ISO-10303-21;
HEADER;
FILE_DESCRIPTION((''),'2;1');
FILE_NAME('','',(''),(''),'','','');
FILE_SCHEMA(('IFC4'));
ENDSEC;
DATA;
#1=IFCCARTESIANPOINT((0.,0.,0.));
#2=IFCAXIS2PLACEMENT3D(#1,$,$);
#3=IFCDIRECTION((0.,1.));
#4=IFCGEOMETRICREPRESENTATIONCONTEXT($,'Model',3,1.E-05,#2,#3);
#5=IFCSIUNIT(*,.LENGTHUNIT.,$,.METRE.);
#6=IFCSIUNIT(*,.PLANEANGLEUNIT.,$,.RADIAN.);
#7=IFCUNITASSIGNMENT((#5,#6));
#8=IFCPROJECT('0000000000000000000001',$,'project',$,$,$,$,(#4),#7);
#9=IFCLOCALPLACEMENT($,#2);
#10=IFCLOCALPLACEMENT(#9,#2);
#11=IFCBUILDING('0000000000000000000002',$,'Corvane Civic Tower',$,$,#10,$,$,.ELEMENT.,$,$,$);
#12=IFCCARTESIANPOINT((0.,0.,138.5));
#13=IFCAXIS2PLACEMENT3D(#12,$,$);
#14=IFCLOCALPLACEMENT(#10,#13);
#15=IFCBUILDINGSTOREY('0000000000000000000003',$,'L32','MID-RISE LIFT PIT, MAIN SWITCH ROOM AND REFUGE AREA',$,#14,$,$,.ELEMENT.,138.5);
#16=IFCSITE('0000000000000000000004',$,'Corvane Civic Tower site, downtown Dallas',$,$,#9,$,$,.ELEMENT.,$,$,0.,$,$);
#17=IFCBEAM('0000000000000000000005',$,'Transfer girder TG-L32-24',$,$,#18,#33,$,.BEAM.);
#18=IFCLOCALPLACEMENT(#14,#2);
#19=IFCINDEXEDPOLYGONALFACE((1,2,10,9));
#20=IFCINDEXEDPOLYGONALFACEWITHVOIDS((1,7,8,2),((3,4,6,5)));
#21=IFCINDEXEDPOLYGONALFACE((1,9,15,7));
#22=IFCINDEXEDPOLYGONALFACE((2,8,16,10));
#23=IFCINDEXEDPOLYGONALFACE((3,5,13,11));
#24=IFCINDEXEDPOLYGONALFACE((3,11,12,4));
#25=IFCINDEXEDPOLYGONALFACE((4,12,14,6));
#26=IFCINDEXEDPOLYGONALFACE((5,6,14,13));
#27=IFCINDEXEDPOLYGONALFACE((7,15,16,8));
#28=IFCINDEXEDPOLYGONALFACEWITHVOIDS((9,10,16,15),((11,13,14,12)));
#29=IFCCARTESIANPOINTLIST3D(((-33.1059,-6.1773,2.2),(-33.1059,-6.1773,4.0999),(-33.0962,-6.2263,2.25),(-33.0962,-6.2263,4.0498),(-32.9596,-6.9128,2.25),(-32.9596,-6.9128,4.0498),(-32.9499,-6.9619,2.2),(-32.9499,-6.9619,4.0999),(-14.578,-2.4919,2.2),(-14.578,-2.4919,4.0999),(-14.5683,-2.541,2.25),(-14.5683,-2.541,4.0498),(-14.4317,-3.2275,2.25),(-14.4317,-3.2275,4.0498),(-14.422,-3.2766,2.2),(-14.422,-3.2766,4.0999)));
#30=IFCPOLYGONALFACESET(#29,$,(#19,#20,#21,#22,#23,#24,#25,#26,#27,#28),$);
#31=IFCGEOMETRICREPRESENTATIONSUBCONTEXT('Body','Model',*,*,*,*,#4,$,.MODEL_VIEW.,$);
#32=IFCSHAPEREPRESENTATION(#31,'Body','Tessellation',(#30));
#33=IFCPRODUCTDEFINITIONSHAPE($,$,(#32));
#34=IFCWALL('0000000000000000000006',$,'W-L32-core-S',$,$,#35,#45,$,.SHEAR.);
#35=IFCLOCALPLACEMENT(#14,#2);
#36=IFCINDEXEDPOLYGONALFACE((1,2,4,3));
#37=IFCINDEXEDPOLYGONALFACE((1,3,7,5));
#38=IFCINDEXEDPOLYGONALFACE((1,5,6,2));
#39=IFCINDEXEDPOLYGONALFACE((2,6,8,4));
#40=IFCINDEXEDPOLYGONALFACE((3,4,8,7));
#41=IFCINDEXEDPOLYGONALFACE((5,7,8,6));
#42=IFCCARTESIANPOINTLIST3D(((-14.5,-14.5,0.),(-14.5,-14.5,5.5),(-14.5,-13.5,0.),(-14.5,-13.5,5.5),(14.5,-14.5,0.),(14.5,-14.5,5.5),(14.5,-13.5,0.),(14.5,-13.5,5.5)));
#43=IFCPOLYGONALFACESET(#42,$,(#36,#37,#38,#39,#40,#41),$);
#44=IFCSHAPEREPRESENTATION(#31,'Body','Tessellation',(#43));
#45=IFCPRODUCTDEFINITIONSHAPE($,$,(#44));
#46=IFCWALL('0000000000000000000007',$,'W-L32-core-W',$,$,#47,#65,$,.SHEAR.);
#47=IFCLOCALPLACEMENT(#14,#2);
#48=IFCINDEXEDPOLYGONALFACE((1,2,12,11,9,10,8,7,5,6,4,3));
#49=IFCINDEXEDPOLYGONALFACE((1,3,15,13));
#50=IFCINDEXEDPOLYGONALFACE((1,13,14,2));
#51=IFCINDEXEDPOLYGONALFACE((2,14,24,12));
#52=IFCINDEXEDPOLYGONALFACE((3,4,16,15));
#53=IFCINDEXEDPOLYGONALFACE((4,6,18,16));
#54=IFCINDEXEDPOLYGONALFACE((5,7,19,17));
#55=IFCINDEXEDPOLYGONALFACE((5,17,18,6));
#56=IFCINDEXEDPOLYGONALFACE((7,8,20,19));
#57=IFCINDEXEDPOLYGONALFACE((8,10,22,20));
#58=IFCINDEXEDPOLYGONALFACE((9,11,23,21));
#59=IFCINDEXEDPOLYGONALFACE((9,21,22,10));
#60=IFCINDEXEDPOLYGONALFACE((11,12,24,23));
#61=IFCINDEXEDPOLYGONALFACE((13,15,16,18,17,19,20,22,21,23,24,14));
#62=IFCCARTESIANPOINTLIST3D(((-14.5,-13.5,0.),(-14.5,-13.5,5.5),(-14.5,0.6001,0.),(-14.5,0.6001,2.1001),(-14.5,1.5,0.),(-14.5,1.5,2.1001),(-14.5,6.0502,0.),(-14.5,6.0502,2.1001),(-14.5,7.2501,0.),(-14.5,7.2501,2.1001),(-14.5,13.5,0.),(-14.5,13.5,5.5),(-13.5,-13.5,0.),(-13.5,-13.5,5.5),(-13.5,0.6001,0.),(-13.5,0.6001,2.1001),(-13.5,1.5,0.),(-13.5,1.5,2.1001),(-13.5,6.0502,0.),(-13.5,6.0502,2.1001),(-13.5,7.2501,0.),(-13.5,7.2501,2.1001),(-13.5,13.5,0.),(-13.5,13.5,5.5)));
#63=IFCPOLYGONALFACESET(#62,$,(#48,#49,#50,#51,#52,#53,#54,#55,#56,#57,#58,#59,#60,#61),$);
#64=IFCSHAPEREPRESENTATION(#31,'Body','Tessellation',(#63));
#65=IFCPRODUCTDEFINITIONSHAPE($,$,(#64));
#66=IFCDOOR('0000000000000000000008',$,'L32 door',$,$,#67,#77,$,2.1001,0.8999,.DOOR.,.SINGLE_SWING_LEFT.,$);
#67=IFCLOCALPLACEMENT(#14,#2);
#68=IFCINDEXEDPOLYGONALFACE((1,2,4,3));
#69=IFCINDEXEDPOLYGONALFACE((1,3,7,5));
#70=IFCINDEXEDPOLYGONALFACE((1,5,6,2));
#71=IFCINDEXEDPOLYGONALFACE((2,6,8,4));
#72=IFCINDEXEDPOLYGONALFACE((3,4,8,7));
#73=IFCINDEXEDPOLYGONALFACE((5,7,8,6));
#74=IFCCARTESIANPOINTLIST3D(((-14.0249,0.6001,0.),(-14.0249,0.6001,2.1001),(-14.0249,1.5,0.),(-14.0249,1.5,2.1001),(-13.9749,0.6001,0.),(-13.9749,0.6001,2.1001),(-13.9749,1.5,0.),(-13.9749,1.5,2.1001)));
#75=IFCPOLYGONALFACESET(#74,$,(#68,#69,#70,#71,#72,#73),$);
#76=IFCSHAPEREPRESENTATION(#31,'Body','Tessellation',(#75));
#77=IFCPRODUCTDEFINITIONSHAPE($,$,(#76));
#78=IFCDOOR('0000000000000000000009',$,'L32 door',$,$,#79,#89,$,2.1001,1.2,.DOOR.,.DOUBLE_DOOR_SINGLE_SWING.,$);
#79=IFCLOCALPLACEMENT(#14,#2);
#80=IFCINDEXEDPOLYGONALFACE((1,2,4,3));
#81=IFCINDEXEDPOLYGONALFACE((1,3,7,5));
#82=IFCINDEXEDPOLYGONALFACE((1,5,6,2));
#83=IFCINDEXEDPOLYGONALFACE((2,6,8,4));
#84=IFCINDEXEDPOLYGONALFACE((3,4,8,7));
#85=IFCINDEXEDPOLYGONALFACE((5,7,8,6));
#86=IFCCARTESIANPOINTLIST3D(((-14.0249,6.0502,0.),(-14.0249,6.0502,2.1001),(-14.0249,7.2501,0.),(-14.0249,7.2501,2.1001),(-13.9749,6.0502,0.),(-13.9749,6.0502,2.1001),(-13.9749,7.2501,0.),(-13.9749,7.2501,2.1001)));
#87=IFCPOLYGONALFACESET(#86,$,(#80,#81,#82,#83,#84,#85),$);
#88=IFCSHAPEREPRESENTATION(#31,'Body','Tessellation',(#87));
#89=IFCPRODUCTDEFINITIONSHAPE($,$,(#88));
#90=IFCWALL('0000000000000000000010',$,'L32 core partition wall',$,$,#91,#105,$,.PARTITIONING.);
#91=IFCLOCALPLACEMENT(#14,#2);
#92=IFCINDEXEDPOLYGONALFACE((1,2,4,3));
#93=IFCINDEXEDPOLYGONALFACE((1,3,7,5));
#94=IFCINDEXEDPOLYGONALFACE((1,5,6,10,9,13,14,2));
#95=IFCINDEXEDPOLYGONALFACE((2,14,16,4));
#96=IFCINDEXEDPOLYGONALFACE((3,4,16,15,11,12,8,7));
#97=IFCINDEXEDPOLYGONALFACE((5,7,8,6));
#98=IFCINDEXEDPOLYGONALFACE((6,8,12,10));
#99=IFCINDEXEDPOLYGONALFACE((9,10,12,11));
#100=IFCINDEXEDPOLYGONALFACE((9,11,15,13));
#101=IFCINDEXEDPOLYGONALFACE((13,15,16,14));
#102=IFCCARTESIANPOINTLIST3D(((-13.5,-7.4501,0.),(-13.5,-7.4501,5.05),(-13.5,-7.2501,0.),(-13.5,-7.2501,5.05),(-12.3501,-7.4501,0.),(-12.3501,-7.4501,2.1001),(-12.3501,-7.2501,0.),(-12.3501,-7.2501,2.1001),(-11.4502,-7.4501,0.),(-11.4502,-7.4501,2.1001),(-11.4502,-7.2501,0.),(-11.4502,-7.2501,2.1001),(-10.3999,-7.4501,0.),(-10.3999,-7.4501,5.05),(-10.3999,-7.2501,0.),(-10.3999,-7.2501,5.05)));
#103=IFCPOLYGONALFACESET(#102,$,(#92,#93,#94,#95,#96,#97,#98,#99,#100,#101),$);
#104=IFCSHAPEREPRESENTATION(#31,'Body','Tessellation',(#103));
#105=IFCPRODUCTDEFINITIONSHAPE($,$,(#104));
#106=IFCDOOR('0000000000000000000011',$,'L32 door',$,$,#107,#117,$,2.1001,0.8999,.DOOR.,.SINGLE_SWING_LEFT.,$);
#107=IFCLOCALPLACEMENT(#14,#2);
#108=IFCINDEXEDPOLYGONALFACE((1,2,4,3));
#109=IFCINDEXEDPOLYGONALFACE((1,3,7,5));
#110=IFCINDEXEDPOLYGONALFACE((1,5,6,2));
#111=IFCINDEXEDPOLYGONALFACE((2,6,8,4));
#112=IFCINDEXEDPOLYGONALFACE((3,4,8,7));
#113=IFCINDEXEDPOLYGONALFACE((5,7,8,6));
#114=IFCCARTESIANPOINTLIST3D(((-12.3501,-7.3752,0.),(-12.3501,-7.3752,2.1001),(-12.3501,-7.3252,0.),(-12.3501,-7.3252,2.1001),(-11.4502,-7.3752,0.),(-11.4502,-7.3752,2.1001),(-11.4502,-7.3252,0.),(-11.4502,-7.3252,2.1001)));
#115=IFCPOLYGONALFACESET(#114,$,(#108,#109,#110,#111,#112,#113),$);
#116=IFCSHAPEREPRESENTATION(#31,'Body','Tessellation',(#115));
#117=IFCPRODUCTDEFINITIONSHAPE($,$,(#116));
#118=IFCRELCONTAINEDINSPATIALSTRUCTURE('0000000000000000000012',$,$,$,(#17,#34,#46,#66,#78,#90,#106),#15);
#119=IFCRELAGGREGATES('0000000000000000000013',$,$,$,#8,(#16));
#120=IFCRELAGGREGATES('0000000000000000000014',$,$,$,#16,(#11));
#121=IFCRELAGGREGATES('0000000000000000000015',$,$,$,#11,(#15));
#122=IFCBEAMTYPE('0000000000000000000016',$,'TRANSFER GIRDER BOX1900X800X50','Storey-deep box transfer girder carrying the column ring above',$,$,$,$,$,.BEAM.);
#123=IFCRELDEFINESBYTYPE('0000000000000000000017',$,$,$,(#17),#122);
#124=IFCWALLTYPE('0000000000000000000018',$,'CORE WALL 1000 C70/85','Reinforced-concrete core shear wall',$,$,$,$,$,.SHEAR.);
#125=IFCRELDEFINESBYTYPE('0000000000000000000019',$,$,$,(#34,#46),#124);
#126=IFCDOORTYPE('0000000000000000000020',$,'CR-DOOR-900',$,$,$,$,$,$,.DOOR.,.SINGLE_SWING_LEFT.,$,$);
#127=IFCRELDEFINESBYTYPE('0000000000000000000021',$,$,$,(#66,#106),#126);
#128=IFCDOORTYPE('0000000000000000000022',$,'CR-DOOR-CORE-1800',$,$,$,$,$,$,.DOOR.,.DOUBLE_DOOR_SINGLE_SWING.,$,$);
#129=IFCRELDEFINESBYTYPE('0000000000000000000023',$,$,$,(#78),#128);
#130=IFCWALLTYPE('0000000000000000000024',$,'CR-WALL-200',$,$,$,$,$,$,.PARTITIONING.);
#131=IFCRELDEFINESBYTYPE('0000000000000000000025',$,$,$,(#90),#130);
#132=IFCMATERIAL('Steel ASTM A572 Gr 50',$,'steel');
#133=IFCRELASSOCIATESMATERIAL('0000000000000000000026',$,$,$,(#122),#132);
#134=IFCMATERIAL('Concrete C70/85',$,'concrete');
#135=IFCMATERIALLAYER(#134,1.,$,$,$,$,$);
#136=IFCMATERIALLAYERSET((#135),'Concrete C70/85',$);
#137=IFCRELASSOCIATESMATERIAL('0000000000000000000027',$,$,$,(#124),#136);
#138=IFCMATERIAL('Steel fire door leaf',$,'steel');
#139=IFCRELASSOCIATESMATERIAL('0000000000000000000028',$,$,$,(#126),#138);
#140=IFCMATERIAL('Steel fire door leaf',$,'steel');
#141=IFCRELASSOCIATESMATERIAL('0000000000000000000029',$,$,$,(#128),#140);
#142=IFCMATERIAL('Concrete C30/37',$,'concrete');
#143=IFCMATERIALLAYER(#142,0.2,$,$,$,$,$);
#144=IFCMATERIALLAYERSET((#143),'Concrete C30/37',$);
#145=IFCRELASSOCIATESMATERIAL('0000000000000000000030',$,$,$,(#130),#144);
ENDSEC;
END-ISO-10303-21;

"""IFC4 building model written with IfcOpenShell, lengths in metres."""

from ifc_helpers import new_model, si_unit, direction, frame, frame_2d, origin, origin_2d, place, context, subcontext, project, spatial, rectangle, hollow_rectangle, extrude, material, layer, layer_set, material_profile, profile_set, type_object, element, fill, save


model = new_model("IFC4")

# Units and contexts
model_context = context("Model", 3, precision=1e-05, world=origin(), true_north=direction((0.0, 1.0)))
body_context = subcontext(model_context, "Body", "Model", "MODEL_VIEW")
ifc_project = project(units=[si_unit("LENGTHUNIT", "METRE"), si_unit("PLANEANGLEUNIT", "RADIAN")], contexts=[model_context])

# Site, building, storey
site_placement = place(None, origin())
site = spatial("IfcSite", under=ifc_project, at=site_placement, Name="Corvane Civic Tower site, downtown Dallas", CompositionType="ELEMENT", RefElevation=0.0)
building_placement = place(site_placement, origin())
building = spatial("IfcBuilding", under=site, at=building_placement, Name="Corvane Civic Tower", CompositionType="ELEMENT")
storey_placement = place(building_placement, frame((0.0, 0.0, 138.5)))
storey = spatial("IfcBuildingStorey", under=building, at=storey_placement, Name="L32", Description="MID-RISE LIFT PIT, MAIN SWITCH ROOM AND REFUGE AREA", CompositionType="ELEMENT", Elevation=138.5)

# Beam
ifc_material_1 = material(Name="Steel ASTM A572 Gr 50", Category="steel")
ifc_material_profile_1 = material_profile(ifc_material_1, hollow_rectangle(XDim=0.8, YDim=1.8999, WallThickness=0.05, at=origin_2d()), Name="BOX1900X800X50")
ifc_profile_set_1 = profile_set([ifc_material_profile_1], Name="Steel ASTM A572 Gr 50")
beam_type_1 = type_object("IfcBeamType", Name="TRANSFER GIRDER BOX1900X800X50", Description="Storey-deep box transfer girder carrying the column ring above", PredefinedType="BEAM", material=ifc_profile_set_1)
beam_1_placement = place(storey_placement, frame((-14.5, -2.8843, 3.1499), z_axis=(-0.980786, -0.195085, 0.0), x_axis=(0.195085, -0.980786, 0.0)))
element("IfcBeam", 1, at=beam_1_placement, inside=storey, type_object=beam_type_1, Name="Transfer girder TG-L32-24", PredefinedType="BEAM", context=body_context, shape_type="SweptSolid", body=[
    extrude(hollow_rectangle(XDim=0.8, YDim=1.8999, WallThickness=0.05, at=origin_2d()), origin(), (0.0, 0.0, 1.0), 18.8909),
])

# Wall
ifc_material_2 = material(Name="Concrete C70/85", Category="concrete")
ifc_layer_1 = layer(ifc_material_2, 1.0)
ifc_layer_set_1 = layer_set([ifc_layer_1], Name="Concrete C70/85")
wall_type_1 = type_object("IfcWallType", Name="CORE WALL 1000 C70/85", Description="Reinforced-concrete core shear wall", PredefinedType="SHEAR", material=ifc_layer_set_1)
wall_1_placement = place(storey_placement, frame((-14.5, -14.0, 0.0), z_axis=(0.0, 0.0, 1.0), x_axis=(1.0, 0.0, 0.0)))
element("IfcWall", 2, at=wall_1_placement, inside=storey, type_object=wall_type_1, Name="W-L32-core-S", PredefinedType="SHEAR", context=body_context, shape_type="SweptSolid", body=[
    extrude(rectangle(XDim=29.0, YDim=1.0, at=frame_2d((14.5, 0.0))), origin(), (0.0, 0.0, 1.0), 5.5),
])

# Wall, openings, doors
wall_2_placement = place(storey_placement, frame((-14.0, -13.5, 0.0), z_axis=(0.0, 0.0, 1.0), x_axis=(0.0, 1.0, 0.0)))
wall_2 = element("IfcWall", 3, at=wall_2_placement, inside=storey, type_object=wall_type_1, Name="W-L32-core-W", PredefinedType="SHEAR", context=body_context, shape_type="SweptSolid", body=[
    extrude(rectangle(XDim=27.0, YDim=1.0, at=frame_2d((13.5, 0.0))), origin(), (0.0, 0.0, 1.0), 5.5),
])
opening_1_placement = place(wall_2_placement, frame((14.1001, 0.0, 0.0)))
opening_1 = element("IfcOpeningElement", 4, at=opening_1_placement, cuts=wall_2, PredefinedType="OPENING", context=body_context, shape_type="SweptSolid", body=[
    extrude(rectangle(XDim=0.8999, YDim=2.1001, at=frame_2d((0.45, 1.05))), frame((0.0, 0.51, 0.0), z_axis=(0.0, -1.0, 0.0), x_axis=(1.0, 0.0, 0.0)), (0.0, 0.0, 1.0), 1.02),
])
opening_2_placement = place(wall_2_placement, frame((19.55, 0.0, 0.0)))
opening_2 = element("IfcOpeningElement", 5, at=opening_2_placement, cuts=wall_2, PredefinedType="OPENING", context=body_context, shape_type="SweptSolid", body=[
    extrude(rectangle(XDim=1.2, YDim=2.1001, at=frame_2d((0.6001, 1.05))), frame((0.0, 0.51, 0.0), z_axis=(0.0, -1.0, 0.0), x_axis=(1.0, 0.0, 0.0)), (0.0, 0.0, 1.0), 1.02),
])
ifc_material_3 = material(Name="Steel fire door leaf", Category="steel")
door_type_1 = type_object("IfcDoorType", Name="CR-DOOR-900", OperationType="SINGLE_SWING_LEFT", PredefinedType="DOOR", material=ifc_material_3)
door_1_placement = place(opening_1_placement, origin())
door_1 = element("IfcDoor", 6, at=door_1_placement, inside=storey, type_object=door_type_1, Name="L32 door", OperationType="SINGLE_SWING_LEFT", OverallHeight=2.1001, OverallWidth=0.8999, PredefinedType="DOOR", context=body_context, shape_type="SweptSolid", body=[
    extrude(rectangle(XDim=0.8999, YDim=2.1001, at=frame_2d((0.45, 1.05))), frame((0.0, 0.0249, 0.0), z_axis=(0.0, -1.0, 0.0), x_axis=(1.0, 0.0, 0.0)), (0.0, 0.0, 1.0), 0.05),
])
fill(opening_1, door_1)
ifc_material_4 = material(Name="Steel fire door leaf", Category="steel")
door_type_2 = type_object("IfcDoorType", Name="CR-DOOR-CORE-1800", OperationType="DOUBLE_DOOR_SINGLE_SWING", PredefinedType="DOOR", material=ifc_material_4)
door_2_placement = place(opening_2_placement, origin())
door_2 = element("IfcDoor", 7, at=door_2_placement, inside=storey, type_object=door_type_2, Name="L32 door", OperationType="DOUBLE_DOOR_SINGLE_SWING", OverallHeight=2.1001, OverallWidth=1.2, PredefinedType="DOOR", context=body_context, shape_type="SweptSolid", body=[
    extrude(rectangle(XDim=1.2, YDim=2.1001, at=frame_2d((0.6001, 1.05))), frame((0.0, 0.0249, 0.0), z_axis=(0.0, -1.0, 0.0), x_axis=(1.0, 0.0, 0.0)), (0.0, 0.0, 1.0), 0.05),
])
fill(opening_2, door_2)

# Wall, opening, door
ifc_material_5 = material(Name="Concrete C30/37", Category="concrete")
ifc_layer_2 = layer(ifc_material_5, 0.2)
ifc_layer_set_2 = layer_set([ifc_layer_2], Name="Concrete C30/37")
wall_type_2 = type_object("IfcWallType", Name="CR-WALL-200", PredefinedType="PARTITIONING", material=ifc_layer_set_2)
wall_3_placement = place(storey_placement, frame((-13.5, -7.3501, 0.0), z_axis=(0.0, 0.0, 1.0), x_axis=(1.0, 0.0, 0.0)))
wall_3 = element("IfcWall", 8, at=wall_3_placement, inside=storey, type_object=wall_type_2, Name="L32 core partition wall", PredefinedType="PARTITIONING", context=body_context, shape_type="SweptSolid", body=[
    extrude(rectangle(XDim=3.1001, YDim=0.2, at=frame_2d((1.55, 0.0))), origin(), (0.0, 0.0, 1.0), 5.05),
])
opening_3_placement = place(wall_3_placement, frame((1.1499, 0.0, 0.0)))
opening_3 = element("IfcOpeningElement", 9, at=opening_3_placement, cuts=wall_3, PredefinedType="OPENING", context=body_context, shape_type="SweptSolid", body=[
    extrude(rectangle(XDim=0.8999, YDim=2.1001, at=frame_2d((0.45, 1.05))), frame((0.0, 0.1099, 0.0), z_axis=(0.0, -1.0, 0.0), x_axis=(1.0, 0.0, 0.0)), (0.0, 0.0, 1.0), 0.22),
])
door_3_placement = place(opening_3_placement, origin())
door_3 = element("IfcDoor", 10, at=door_3_placement, inside=storey, type_object=door_type_1, Name="L32 door", OperationType="SINGLE_SWING_LEFT", OverallHeight=2.1001, OverallWidth=0.8999, PredefinedType="DOOR", context=body_context, shape_type="SweptSolid", body=[
    extrude(rectangle(XDim=0.8999, YDim=2.1001, at=frame_2d((0.45, 1.05))), frame((0.0, 0.0249, 0.0), z_axis=(0.0, -1.0, 0.0), x_axis=(1.0, 0.0, 0.0)), (0.0, 0.0, 1.0), 0.05),
])
fill(opening_3, door_3)

save(model, "model.ifc")
